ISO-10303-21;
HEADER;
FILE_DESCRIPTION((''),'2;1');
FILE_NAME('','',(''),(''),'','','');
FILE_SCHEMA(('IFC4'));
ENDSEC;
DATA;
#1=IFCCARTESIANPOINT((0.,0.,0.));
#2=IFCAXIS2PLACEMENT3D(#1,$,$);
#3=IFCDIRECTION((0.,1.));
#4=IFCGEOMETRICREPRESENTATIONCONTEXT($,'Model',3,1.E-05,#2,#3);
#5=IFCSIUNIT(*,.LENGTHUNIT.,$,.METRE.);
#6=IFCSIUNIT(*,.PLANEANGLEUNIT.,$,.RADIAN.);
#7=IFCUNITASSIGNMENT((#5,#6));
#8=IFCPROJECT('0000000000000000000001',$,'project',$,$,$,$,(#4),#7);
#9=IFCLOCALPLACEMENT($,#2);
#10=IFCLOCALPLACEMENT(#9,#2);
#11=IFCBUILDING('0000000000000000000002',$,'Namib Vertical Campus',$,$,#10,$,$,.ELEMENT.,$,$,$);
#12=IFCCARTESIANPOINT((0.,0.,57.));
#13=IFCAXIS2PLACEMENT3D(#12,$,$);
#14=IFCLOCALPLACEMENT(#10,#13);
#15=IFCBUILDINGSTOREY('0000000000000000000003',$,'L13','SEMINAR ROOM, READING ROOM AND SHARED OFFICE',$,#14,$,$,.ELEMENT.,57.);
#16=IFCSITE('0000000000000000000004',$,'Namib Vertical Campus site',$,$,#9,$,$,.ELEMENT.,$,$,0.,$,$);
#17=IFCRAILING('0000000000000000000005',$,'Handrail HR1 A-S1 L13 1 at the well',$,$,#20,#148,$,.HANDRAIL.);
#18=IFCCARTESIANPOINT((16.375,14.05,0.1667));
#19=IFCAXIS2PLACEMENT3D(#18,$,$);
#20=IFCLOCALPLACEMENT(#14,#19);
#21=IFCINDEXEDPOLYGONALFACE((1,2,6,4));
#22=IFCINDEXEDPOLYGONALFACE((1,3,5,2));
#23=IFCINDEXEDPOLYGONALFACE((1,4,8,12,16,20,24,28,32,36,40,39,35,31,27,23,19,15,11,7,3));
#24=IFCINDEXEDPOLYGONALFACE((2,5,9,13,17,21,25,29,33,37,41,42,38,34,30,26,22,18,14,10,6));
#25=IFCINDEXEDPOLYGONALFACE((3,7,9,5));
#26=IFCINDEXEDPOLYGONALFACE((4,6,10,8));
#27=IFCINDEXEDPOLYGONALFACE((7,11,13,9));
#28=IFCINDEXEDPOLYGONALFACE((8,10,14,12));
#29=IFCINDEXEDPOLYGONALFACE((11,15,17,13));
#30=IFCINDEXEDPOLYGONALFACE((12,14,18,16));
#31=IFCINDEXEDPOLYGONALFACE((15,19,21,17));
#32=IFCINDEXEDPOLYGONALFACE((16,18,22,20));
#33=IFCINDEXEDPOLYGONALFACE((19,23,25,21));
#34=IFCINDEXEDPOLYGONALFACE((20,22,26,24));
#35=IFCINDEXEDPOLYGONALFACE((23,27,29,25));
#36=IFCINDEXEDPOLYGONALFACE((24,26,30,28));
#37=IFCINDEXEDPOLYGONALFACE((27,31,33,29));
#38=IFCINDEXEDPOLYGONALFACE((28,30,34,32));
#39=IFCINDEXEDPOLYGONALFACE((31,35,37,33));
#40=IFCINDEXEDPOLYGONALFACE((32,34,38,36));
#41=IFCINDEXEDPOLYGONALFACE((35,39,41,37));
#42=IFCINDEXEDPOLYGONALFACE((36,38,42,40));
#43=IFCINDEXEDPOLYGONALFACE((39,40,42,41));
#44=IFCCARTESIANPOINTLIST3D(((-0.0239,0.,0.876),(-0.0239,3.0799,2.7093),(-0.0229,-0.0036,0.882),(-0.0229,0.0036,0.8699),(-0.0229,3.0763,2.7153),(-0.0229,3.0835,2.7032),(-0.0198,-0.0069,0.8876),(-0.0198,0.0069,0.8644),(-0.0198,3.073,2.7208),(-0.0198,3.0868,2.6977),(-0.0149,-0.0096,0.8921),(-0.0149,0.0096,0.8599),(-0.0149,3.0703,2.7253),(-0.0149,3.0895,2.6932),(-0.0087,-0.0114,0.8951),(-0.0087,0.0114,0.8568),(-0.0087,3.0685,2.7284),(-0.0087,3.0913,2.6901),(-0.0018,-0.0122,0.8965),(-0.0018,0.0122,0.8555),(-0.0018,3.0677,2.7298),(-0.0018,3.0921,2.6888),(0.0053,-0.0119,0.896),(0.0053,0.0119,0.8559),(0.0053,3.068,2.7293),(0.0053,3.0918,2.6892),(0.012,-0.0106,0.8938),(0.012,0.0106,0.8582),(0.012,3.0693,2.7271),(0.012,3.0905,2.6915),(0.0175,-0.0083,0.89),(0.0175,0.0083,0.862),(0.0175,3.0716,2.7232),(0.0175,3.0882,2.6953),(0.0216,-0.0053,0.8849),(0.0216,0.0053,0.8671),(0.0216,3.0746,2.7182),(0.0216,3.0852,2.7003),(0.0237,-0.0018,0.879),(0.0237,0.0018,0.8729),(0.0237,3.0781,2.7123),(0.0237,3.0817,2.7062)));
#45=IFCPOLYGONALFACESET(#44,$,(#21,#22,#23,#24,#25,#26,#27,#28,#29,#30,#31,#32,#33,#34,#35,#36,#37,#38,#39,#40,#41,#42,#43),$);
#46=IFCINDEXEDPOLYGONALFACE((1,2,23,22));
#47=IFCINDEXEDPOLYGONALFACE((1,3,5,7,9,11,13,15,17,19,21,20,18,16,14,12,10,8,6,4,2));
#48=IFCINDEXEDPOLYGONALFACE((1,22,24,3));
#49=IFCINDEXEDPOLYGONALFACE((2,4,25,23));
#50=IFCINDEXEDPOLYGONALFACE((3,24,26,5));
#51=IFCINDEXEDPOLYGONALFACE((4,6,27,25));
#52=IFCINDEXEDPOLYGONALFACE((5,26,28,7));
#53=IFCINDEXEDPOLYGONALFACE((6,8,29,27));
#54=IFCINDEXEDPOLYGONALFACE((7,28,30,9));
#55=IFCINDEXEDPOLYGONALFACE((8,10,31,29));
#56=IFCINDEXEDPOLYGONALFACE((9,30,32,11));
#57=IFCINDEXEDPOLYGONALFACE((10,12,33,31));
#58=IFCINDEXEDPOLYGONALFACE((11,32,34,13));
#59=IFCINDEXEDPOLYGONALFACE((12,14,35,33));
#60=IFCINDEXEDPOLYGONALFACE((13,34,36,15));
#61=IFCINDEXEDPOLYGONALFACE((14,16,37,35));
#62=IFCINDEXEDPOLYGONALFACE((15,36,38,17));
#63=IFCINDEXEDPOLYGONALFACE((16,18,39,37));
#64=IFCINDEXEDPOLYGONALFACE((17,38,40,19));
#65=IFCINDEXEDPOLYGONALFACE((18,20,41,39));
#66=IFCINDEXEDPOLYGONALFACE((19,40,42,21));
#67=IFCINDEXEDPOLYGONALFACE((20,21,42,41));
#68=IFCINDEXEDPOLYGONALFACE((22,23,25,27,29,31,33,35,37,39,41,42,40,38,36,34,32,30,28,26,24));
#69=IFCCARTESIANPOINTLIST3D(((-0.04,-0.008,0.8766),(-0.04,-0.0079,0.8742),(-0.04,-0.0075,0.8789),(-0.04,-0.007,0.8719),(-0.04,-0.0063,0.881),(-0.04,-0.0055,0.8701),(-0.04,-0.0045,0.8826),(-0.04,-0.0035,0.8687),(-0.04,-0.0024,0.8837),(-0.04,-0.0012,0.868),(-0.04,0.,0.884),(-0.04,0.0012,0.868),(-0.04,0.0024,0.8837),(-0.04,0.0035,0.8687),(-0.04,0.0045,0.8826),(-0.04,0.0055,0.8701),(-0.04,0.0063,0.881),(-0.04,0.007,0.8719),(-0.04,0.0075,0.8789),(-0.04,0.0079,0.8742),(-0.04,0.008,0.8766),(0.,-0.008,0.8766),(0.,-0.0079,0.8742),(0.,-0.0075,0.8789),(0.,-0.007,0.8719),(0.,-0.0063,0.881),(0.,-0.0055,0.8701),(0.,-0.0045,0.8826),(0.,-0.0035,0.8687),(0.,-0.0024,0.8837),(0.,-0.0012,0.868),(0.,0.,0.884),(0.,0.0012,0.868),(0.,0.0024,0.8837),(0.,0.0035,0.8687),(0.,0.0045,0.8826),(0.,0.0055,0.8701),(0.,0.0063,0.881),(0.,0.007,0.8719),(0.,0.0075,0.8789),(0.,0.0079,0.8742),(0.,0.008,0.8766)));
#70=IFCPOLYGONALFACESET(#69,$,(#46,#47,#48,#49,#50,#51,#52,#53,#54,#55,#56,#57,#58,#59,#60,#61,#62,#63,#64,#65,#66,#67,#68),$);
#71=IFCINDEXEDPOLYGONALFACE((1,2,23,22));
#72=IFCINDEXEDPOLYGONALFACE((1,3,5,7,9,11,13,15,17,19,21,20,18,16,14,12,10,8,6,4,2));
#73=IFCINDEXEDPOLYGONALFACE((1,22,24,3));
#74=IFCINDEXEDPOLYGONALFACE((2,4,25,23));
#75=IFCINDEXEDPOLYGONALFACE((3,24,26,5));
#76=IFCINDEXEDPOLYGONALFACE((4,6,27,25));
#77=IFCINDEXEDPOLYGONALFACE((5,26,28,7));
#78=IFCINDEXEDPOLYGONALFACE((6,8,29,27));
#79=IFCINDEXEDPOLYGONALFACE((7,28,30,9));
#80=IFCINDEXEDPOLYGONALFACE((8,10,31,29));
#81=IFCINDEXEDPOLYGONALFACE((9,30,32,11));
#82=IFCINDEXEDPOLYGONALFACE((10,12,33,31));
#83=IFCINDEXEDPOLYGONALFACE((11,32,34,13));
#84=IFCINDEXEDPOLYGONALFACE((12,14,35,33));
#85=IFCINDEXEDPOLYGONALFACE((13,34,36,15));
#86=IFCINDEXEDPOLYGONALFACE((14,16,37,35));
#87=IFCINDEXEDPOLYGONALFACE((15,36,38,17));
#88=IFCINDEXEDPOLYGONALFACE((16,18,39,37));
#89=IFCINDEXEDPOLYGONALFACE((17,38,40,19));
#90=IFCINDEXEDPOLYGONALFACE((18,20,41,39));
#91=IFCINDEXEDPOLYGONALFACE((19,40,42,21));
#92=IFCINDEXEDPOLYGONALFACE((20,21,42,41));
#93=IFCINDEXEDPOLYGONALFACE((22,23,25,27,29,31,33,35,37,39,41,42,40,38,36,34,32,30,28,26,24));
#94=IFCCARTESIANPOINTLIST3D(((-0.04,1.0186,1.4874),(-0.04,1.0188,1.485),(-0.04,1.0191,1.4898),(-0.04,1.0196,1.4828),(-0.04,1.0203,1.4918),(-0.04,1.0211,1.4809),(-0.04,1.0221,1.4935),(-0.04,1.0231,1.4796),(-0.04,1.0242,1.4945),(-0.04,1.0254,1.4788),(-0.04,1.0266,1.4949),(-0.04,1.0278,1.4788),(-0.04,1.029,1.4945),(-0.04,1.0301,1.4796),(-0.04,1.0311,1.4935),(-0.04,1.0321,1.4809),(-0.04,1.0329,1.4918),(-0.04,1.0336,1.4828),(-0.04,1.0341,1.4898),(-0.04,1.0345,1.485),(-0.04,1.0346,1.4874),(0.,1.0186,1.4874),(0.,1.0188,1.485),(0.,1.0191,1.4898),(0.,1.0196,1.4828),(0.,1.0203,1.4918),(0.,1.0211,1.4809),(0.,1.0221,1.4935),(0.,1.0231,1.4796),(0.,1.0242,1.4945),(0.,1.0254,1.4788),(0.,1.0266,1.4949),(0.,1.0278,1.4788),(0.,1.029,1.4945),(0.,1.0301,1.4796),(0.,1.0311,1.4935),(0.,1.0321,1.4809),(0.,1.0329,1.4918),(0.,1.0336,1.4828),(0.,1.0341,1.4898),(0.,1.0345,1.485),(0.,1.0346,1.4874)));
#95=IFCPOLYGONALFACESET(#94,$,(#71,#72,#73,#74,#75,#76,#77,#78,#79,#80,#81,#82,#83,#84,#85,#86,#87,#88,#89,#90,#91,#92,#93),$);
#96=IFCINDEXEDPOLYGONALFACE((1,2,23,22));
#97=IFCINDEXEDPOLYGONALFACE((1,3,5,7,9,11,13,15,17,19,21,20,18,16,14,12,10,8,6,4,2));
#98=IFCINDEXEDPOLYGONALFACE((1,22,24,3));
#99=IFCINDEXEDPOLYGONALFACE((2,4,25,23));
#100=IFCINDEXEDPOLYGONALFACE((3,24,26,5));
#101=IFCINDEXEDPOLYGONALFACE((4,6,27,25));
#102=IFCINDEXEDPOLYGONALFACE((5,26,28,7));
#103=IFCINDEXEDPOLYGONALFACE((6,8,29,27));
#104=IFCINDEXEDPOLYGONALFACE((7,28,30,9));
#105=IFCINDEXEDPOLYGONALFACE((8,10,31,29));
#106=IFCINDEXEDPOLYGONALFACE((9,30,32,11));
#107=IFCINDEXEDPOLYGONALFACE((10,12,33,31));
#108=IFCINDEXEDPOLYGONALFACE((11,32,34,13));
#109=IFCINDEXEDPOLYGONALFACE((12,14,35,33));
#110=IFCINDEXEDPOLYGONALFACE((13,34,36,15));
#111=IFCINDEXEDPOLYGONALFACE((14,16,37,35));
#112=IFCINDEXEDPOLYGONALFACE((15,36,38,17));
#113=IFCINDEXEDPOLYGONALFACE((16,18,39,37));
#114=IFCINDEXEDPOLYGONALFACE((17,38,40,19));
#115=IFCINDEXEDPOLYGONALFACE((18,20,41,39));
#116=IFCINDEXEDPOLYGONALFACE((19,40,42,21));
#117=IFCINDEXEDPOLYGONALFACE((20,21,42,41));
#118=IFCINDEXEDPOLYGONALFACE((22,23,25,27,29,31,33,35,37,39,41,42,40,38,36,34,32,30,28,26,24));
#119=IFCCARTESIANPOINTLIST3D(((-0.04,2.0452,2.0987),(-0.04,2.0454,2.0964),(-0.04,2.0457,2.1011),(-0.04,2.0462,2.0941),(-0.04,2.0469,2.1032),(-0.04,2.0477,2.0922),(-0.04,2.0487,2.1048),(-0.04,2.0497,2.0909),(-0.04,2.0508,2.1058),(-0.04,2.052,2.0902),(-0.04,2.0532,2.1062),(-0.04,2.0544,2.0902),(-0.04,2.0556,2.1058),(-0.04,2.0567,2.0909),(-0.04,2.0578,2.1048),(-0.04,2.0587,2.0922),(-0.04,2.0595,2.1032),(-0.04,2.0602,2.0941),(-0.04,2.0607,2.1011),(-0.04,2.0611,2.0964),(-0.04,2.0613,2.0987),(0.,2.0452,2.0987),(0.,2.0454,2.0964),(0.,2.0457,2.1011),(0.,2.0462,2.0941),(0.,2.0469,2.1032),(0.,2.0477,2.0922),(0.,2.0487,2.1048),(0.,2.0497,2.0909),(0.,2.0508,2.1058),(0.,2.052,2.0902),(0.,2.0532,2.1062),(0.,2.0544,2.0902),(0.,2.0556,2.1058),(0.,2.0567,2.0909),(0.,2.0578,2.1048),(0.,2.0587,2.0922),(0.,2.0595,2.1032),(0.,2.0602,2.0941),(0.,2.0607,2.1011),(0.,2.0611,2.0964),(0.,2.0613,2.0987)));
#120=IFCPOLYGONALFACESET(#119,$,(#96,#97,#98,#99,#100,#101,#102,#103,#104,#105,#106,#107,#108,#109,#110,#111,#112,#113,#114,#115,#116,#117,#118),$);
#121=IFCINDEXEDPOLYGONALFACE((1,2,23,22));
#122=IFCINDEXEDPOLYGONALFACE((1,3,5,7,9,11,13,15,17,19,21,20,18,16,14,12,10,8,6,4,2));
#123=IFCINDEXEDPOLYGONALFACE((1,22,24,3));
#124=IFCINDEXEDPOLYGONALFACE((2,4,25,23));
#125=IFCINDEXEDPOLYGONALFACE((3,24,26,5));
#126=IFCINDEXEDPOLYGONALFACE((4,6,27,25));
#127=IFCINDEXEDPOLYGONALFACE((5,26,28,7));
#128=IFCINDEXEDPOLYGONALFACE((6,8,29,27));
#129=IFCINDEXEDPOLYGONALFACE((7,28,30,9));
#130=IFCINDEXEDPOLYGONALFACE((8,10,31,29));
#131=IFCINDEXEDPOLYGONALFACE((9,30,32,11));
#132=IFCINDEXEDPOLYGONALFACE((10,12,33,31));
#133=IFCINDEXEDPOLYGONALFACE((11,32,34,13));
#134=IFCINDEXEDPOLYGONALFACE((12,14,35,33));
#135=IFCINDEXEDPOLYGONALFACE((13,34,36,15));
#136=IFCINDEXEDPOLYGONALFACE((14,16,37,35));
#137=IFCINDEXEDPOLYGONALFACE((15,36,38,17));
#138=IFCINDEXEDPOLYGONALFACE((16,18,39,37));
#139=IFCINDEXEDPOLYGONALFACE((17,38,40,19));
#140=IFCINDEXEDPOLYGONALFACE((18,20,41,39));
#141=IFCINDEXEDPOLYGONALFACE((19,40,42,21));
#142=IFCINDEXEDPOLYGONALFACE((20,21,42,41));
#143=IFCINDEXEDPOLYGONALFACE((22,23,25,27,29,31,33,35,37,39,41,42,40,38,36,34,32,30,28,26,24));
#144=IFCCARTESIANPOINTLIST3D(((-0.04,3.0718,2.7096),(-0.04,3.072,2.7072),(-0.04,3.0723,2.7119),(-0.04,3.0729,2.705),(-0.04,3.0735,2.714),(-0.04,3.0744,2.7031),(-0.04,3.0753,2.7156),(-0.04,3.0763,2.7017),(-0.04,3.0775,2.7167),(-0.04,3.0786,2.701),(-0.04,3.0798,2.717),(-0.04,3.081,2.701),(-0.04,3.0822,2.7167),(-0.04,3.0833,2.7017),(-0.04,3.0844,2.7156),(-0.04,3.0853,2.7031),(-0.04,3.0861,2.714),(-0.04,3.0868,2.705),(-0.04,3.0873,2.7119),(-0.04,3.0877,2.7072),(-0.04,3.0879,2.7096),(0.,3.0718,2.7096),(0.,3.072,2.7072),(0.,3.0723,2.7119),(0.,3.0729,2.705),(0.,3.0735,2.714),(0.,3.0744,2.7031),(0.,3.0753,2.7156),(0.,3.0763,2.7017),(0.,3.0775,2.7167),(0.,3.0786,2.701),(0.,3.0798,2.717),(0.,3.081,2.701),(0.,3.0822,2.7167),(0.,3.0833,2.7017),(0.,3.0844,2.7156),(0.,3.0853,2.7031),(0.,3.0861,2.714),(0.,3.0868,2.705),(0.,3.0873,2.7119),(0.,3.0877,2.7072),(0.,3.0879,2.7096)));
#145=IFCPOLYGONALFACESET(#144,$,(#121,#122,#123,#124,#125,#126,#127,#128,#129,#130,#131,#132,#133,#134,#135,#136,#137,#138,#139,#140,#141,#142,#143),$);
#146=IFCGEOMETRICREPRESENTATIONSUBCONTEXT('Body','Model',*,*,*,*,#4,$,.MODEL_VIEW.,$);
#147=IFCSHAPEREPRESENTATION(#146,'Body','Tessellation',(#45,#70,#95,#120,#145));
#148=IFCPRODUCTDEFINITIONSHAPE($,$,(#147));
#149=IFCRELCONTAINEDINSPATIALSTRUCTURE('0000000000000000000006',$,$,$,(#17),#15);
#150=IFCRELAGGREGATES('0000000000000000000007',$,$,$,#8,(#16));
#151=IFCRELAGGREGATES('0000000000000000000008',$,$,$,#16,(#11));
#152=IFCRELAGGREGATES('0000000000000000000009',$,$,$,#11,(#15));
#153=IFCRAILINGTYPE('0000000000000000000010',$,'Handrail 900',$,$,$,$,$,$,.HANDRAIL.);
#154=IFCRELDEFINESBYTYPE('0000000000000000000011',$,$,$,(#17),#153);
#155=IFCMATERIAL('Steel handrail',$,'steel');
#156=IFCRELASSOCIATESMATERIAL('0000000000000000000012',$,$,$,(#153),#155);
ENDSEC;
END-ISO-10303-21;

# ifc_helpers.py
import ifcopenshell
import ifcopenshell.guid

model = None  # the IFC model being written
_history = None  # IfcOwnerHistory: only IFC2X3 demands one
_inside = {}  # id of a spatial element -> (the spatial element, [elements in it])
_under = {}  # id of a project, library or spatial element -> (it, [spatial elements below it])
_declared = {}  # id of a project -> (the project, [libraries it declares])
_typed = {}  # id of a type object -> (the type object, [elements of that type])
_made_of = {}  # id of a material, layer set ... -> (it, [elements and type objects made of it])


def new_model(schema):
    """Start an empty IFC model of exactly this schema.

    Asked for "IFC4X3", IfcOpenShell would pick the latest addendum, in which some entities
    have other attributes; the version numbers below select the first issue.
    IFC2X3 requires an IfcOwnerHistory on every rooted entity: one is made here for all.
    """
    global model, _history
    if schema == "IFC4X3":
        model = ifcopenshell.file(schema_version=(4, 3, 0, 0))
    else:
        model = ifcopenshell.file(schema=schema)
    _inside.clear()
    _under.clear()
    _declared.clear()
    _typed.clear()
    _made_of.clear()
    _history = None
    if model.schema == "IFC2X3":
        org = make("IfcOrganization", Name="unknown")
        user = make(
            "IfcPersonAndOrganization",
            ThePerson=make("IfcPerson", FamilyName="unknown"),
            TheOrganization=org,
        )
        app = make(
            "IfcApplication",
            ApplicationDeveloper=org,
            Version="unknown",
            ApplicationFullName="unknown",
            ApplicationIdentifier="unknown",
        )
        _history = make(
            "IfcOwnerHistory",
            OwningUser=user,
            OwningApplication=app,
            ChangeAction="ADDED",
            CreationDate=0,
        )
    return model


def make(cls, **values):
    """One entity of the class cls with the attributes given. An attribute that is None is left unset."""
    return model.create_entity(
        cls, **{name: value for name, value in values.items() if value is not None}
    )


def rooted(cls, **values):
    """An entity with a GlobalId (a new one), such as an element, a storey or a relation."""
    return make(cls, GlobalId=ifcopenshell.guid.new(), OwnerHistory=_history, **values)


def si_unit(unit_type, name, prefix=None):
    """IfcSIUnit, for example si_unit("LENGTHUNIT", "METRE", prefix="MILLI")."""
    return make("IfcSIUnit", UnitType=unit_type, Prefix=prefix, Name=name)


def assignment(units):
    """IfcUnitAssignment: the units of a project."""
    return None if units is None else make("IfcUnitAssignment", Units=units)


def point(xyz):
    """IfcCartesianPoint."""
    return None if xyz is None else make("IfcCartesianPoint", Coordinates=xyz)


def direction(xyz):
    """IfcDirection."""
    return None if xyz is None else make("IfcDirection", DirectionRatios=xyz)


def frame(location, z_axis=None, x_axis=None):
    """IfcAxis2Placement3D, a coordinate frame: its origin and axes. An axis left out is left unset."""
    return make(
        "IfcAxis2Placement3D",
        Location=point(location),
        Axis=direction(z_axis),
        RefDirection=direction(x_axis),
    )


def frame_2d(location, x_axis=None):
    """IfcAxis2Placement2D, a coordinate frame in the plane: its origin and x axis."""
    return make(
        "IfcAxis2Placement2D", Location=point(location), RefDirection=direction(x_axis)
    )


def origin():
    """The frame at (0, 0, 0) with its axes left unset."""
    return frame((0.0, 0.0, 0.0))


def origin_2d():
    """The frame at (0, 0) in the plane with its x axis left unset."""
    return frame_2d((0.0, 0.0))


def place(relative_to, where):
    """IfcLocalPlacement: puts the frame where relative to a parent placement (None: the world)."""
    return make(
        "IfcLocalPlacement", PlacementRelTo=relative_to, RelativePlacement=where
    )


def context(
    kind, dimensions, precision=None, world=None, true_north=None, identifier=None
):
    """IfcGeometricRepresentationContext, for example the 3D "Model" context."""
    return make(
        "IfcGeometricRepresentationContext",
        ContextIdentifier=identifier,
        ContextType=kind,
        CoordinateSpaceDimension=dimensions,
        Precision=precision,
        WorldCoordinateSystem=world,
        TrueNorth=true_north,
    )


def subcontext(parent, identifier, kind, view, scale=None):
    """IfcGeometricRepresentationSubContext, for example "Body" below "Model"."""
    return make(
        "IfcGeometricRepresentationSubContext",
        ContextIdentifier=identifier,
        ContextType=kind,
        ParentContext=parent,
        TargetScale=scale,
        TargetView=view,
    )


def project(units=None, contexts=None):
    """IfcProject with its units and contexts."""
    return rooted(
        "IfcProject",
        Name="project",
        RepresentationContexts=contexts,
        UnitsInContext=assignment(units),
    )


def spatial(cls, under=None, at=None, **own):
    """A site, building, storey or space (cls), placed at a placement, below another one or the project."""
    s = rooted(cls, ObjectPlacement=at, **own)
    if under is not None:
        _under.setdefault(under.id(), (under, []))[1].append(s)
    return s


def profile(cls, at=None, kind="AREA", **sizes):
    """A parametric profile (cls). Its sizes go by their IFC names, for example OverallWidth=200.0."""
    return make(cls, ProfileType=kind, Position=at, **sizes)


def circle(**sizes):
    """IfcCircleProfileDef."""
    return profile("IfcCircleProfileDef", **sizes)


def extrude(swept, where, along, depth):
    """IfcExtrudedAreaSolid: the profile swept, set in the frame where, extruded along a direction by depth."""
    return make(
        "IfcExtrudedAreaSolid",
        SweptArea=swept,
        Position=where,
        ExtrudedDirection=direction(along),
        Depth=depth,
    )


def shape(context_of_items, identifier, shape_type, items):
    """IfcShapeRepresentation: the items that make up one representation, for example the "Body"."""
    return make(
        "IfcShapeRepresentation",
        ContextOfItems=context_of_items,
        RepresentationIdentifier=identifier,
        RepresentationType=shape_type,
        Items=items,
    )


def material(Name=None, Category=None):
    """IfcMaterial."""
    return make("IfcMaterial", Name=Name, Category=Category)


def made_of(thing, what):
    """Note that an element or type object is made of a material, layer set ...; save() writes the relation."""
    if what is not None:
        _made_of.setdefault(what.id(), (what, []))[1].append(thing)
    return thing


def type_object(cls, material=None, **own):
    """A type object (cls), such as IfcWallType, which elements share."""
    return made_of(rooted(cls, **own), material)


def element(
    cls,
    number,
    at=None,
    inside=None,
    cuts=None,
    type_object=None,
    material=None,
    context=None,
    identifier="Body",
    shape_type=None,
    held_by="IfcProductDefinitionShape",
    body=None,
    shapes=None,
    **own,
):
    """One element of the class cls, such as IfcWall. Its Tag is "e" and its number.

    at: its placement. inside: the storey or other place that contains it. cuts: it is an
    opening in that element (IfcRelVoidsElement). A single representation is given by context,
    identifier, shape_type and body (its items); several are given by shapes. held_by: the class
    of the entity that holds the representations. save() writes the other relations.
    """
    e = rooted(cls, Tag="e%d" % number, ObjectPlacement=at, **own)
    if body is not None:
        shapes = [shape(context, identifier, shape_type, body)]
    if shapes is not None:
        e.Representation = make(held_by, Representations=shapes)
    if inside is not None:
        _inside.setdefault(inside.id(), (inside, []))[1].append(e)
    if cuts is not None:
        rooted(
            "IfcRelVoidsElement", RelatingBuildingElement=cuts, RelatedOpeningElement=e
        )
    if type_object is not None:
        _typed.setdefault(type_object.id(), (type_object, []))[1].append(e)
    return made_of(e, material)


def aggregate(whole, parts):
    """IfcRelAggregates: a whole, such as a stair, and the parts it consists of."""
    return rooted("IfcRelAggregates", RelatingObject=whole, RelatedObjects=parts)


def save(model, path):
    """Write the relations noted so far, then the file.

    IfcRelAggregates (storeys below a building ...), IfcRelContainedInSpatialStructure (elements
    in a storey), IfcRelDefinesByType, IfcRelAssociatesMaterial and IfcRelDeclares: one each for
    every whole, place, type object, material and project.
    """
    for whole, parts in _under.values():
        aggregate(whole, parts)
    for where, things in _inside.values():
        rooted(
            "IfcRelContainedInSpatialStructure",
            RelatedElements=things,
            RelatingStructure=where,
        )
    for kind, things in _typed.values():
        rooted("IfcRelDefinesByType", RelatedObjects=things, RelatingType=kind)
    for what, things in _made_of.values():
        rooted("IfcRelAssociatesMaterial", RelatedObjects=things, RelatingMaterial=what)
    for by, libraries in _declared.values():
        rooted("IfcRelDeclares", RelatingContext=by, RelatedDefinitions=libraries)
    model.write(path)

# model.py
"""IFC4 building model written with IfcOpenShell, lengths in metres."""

from ifc_helpers import new_model, si_unit, direction, frame, origin, origin_2d, place, context, subcontext, project, spatial, circle, extrude, material, type_object, element, save


model = new_model("IFC4")

# Units and contexts
model_context = context("Model", 3, precision=1e-05, world=origin(), true_north=direction((0.0, 1.0)))
body_context = subcontext(model_context, "Body", "Model", "MODEL_VIEW")
ifc_project = project(units=[si_unit("LENGTHUNIT", "METRE"), si_unit("PLANEANGLEUNIT", "RADIAN")], contexts=[model_context])

# Site, building, storey
site_placement = place(None, origin())
site = spatial("IfcSite", under=ifc_project, at=site_placement, Name="Namib Vertical Campus site", CompositionType="ELEMENT", RefElevation=0.0)
building_placement = place(site_placement, origin())
building = spatial("IfcBuilding", under=site, at=building_placement, Name="Namib Vertical Campus", CompositionType="ELEMENT")
storey_placement = place(building_placement, frame((0.0, 0.0, 57.0)))
storey = spatial("IfcBuildingStorey", under=building, at=storey_placement, Name="L13", Description="SEMINAR ROOM, READING ROOM AND SHARED OFFICE", CompositionType="ELEMENT", Elevation=57.0)

# Railing
ifc_material_1 = material(Name="Steel handrail", Category="steel")
railing_type_1 = type_object("IfcRailingType", Name="Handrail 900", PredefinedType="HANDRAIL", material=ifc_material_1)
railing_1_placement = place(storey_placement, frame((16.375, 14.05, 0.1667)))
element("IfcRailing", 1, at=railing_1_placement, inside=storey, type_object=railing_type_1, Name="Handrail HR1 A-S1 L13 1 at the well", PredefinedType="HANDRAIL", context=body_context, shape_type="SweptSolid", body=[
    extrude(circle(Radius=0.0239, at=origin_2d()), frame((0.0, 0.0, 0.876), z_axis=(0.0, 0.859291, 0.511487), x_axis=(-1.0, 0.0, 0.0)), (0.0, 0.0, 1.0), 3.5842),
    extrude(circle(Radius=0.0081, at=origin_2d()), frame((0.0, 0.0, 0.876), z_axis=(-1.0, 0.0, 0.0), x_axis=(0.0, 0.0, 1.0)), (0.0, 0.0, 1.0), 0.04),
    extrude(circle(Radius=0.0081, at=origin_2d()), frame((0.0, 1.0266, 1.4868), z_axis=(-1.0, 0.0, 0.0), x_axis=(0.0, 0.0, 1.0)), (0.0, 0.0, 1.0), 0.04),
    extrude(circle(Radius=0.0081, at=origin_2d()), frame((0.0, 2.0532, 2.0981), z_axis=(-1.0, 0.0, 0.0), x_axis=(0.0, 0.0, 1.0)), (0.0, 0.0, 1.0), 0.04),
    extrude(circle(Radius=0.0081, at=origin_2d()), frame((0.0, 3.0798, 2.709), z_axis=(-1.0, 0.0, 0.0), x_axis=(0.0, 0.0, 1.0)), (0.0, 0.0, 1.0), 0.04),
])

save(model, "model.ifc")
